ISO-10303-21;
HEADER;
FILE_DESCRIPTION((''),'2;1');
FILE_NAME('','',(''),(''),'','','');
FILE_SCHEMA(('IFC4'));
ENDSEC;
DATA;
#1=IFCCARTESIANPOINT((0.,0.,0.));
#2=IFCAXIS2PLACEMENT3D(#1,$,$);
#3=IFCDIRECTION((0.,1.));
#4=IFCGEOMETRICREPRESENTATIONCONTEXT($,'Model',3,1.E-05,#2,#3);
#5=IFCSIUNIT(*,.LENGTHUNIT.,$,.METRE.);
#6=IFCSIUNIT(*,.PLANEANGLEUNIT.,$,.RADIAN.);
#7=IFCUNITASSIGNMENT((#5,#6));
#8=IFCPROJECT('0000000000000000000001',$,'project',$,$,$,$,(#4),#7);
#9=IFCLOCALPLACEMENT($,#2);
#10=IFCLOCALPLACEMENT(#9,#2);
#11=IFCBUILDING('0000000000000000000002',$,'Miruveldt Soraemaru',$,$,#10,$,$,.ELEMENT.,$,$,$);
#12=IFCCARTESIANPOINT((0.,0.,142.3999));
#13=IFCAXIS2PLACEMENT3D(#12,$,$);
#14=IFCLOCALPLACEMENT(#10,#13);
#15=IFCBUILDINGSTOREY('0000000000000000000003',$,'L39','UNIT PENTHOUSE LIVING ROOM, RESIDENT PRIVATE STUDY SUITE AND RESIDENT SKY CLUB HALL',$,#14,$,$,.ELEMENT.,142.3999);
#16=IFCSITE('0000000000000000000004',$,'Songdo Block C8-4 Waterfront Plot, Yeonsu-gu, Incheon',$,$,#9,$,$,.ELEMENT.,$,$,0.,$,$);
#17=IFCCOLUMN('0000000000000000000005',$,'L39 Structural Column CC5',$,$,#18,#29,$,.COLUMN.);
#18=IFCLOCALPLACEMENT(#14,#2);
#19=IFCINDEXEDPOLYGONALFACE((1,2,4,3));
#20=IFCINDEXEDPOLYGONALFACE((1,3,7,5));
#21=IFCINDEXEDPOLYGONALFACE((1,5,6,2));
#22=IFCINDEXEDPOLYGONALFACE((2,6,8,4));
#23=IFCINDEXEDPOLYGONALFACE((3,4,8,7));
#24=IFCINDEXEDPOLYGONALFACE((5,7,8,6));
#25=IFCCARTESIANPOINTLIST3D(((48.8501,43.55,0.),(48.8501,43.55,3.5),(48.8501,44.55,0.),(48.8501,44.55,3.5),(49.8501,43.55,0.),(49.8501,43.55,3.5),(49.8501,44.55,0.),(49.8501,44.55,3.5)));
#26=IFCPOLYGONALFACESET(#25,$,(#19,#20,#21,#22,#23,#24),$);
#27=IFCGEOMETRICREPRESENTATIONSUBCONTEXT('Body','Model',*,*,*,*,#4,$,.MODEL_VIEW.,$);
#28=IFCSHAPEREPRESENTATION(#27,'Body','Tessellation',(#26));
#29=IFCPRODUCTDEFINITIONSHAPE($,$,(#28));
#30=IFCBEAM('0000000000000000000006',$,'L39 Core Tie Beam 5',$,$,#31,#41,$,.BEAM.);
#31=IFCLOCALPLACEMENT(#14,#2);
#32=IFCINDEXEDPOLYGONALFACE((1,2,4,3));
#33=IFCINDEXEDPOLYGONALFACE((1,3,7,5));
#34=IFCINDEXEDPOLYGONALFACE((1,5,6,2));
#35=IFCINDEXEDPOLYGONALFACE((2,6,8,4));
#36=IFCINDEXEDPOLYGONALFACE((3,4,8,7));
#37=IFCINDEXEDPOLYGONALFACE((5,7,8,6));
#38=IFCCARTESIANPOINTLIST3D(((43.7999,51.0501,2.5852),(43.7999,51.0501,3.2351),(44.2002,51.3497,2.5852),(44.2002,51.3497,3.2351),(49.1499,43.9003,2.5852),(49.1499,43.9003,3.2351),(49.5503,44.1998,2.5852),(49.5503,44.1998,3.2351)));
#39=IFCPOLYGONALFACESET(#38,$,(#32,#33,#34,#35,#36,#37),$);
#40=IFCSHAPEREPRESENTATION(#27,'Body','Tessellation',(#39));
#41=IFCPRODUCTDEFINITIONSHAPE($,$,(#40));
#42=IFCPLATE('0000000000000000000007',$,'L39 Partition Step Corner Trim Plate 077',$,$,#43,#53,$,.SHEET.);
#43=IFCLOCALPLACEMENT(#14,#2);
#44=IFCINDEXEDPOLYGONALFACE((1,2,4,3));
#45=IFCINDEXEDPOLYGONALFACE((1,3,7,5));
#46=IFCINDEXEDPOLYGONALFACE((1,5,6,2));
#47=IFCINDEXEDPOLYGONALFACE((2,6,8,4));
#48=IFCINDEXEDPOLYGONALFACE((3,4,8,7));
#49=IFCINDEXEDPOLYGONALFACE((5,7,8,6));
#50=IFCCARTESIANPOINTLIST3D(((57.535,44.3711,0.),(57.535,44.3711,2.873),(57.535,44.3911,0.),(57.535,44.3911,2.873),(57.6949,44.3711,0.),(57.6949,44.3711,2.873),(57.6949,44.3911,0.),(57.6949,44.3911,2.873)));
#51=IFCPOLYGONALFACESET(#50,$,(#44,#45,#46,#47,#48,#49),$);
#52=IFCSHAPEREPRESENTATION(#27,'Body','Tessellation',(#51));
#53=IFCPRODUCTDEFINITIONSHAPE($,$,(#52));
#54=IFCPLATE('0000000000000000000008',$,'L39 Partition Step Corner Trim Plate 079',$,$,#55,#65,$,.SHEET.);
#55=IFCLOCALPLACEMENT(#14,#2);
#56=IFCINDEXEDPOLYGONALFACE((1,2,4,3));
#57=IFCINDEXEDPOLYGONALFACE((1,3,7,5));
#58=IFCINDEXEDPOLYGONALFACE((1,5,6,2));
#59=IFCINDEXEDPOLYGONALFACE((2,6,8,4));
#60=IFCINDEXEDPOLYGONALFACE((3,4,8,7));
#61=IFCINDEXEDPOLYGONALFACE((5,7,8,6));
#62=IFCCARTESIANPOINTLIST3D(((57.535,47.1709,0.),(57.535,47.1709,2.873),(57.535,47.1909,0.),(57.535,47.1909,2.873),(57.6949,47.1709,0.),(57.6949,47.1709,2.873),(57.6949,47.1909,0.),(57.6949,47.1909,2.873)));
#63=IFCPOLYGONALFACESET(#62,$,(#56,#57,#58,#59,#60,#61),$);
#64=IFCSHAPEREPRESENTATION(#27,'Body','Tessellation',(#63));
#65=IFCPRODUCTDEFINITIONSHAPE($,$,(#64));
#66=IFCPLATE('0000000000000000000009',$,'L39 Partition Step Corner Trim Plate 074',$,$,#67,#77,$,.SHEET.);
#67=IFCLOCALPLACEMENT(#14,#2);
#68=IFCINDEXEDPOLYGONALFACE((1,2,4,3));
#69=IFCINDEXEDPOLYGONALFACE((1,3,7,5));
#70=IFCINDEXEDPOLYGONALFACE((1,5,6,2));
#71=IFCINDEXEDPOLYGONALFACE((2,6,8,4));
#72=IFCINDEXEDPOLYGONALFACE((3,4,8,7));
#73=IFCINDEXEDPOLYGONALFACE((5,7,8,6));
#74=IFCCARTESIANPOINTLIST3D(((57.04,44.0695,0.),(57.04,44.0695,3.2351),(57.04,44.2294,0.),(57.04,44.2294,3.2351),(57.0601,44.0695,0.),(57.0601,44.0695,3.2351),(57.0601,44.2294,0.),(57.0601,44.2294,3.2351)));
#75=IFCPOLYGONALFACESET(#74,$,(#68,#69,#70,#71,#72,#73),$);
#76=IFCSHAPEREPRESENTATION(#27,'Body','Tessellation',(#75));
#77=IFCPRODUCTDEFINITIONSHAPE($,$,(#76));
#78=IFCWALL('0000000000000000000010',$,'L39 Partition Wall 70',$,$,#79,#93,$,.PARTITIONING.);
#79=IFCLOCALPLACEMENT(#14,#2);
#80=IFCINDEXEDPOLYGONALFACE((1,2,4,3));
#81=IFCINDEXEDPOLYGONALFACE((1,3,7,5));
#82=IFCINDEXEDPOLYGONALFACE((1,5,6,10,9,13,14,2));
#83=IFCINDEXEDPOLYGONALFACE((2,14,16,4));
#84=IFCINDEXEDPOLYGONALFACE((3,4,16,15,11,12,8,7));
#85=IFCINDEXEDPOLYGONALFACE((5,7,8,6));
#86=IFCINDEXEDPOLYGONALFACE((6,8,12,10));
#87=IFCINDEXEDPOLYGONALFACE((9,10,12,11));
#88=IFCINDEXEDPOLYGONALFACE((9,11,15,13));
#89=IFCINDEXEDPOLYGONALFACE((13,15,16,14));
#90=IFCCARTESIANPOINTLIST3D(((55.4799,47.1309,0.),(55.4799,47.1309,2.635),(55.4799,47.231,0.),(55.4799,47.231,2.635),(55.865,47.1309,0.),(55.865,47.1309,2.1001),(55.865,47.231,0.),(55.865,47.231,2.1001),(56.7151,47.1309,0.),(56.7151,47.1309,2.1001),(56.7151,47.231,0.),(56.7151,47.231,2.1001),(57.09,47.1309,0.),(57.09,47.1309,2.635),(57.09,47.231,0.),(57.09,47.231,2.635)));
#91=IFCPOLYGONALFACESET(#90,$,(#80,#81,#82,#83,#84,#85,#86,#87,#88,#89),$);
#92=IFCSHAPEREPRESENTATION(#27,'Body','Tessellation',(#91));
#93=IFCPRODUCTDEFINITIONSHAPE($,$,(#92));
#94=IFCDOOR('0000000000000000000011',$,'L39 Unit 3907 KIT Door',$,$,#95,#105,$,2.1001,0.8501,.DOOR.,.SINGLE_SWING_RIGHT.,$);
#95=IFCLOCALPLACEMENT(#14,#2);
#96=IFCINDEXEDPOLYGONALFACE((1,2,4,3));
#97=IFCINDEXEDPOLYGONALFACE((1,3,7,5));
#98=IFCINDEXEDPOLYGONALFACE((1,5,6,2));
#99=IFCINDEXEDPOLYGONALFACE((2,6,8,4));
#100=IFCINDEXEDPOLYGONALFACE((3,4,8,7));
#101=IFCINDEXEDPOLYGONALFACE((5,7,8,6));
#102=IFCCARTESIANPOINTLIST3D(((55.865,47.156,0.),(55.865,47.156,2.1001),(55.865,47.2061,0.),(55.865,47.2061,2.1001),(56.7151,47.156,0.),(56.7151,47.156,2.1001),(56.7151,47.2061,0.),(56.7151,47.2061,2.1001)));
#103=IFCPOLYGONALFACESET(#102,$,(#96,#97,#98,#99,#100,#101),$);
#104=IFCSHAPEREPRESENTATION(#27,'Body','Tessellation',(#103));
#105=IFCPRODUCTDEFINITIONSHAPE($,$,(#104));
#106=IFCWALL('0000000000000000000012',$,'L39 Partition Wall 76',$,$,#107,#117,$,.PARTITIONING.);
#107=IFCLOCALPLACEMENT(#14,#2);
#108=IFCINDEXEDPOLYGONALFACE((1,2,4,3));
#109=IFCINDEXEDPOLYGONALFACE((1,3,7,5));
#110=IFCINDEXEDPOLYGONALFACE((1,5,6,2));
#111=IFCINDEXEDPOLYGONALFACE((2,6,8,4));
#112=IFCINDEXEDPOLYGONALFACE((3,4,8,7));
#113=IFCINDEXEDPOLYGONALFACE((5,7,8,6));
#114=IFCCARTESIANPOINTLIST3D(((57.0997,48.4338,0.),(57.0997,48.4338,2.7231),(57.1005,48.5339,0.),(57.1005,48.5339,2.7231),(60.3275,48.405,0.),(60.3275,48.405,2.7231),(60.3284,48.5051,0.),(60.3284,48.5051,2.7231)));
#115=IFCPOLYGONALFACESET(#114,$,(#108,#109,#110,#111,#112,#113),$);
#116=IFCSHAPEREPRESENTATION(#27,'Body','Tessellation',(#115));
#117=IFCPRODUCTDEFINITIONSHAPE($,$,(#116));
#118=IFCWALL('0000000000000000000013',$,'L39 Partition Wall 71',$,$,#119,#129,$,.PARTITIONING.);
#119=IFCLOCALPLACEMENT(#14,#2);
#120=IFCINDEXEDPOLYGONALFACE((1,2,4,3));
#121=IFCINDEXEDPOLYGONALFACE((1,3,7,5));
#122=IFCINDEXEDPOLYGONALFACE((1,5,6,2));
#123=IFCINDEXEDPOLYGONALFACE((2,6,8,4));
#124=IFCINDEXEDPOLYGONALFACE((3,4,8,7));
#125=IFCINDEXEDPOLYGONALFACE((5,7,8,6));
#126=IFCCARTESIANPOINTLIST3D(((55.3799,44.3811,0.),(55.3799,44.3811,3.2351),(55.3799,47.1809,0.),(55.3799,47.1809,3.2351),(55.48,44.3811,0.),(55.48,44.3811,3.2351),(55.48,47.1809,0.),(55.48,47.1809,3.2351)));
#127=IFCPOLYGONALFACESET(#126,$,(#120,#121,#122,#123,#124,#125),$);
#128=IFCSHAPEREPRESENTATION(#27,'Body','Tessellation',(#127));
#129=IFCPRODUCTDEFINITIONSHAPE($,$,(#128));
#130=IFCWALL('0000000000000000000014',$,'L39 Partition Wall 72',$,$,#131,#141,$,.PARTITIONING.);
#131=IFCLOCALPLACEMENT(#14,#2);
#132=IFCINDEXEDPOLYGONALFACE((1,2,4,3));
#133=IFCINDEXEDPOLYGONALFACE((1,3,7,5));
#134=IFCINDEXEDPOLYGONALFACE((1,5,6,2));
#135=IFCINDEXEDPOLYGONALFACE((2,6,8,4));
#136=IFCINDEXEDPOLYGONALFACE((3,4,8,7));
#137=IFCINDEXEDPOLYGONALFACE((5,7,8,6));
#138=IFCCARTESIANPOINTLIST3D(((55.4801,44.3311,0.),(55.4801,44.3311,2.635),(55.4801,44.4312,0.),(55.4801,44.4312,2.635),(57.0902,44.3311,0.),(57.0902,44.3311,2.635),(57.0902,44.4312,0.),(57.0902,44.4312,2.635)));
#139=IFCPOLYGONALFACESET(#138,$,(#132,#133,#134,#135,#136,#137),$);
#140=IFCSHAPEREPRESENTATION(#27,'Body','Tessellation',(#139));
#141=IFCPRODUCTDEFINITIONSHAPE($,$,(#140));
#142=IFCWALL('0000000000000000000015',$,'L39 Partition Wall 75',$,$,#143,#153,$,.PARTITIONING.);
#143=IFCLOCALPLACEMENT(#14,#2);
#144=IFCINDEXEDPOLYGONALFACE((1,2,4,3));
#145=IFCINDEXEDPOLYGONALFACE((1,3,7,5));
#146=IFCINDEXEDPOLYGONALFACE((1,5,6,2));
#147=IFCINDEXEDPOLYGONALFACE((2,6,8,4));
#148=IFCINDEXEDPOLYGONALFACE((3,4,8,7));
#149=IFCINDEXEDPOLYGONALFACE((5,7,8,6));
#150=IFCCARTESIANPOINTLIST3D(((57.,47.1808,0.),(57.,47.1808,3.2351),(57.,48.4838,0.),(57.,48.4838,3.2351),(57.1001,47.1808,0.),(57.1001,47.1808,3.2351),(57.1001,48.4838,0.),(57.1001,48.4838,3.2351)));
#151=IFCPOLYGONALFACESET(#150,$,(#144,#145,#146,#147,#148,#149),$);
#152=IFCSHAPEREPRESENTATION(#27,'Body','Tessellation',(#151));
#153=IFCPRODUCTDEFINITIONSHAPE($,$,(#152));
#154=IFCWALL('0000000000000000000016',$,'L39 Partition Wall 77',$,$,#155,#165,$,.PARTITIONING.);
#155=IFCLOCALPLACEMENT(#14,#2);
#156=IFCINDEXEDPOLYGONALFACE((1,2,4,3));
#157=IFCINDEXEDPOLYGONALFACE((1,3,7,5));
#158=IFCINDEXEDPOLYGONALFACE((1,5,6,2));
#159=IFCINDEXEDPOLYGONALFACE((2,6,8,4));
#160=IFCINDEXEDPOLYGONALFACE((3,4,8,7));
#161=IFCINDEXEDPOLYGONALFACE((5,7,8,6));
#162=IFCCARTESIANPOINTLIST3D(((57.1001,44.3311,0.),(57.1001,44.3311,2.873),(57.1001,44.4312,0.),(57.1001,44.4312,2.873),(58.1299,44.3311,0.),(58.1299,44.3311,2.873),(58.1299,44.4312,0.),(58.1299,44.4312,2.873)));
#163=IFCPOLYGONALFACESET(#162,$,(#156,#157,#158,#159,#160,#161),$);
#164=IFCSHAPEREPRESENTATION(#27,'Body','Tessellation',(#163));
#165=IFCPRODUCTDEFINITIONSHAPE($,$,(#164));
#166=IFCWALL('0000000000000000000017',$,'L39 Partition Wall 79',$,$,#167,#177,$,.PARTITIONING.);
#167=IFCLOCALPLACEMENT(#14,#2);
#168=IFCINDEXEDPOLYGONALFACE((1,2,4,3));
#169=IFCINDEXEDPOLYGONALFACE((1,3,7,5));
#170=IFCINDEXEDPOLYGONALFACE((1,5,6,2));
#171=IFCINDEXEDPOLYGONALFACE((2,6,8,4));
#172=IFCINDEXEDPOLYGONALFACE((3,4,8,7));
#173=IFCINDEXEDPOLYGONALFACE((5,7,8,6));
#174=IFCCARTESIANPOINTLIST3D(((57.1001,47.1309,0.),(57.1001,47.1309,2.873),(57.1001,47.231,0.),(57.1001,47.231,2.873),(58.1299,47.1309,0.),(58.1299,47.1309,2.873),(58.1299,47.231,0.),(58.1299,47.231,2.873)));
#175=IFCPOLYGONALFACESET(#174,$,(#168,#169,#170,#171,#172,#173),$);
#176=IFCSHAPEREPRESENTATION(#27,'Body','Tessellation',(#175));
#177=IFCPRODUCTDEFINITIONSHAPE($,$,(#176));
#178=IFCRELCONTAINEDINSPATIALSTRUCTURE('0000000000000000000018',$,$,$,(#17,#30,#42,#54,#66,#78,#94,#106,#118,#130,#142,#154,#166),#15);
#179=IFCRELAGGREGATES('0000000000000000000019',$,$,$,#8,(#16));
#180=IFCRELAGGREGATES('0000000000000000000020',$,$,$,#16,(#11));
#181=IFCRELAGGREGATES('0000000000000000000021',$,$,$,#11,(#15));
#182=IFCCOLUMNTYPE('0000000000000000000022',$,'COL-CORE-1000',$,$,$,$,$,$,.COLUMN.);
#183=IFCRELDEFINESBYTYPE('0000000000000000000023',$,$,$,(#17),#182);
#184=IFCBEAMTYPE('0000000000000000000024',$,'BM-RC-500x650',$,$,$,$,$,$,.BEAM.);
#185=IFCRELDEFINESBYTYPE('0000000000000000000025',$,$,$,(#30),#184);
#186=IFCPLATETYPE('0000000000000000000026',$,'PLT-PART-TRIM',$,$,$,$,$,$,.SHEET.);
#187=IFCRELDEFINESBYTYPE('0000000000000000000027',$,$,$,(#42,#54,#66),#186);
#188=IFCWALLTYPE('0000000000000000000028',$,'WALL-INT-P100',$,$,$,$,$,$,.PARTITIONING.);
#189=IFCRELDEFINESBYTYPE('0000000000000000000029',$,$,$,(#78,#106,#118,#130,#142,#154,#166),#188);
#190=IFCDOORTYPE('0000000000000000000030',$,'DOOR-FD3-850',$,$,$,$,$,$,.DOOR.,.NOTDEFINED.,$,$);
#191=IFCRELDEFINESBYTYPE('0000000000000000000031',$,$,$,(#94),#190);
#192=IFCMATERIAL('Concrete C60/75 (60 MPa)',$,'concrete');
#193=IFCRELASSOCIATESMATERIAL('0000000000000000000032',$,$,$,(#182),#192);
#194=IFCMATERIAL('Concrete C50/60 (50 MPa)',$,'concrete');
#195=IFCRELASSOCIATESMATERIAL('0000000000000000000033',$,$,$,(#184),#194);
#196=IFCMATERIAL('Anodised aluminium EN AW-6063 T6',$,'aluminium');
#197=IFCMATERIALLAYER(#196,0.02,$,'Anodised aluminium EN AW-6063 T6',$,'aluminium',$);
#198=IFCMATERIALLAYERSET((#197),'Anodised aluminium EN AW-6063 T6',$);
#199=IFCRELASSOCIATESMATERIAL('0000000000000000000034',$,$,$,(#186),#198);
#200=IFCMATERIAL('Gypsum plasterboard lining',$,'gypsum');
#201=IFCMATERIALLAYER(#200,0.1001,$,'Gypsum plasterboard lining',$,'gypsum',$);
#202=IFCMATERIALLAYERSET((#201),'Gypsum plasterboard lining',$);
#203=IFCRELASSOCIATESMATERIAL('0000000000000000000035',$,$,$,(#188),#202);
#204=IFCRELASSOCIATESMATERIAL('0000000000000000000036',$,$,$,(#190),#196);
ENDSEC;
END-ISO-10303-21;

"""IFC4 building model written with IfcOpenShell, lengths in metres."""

from ifc_helpers import new_model, si_unit, direction, frame, frame_2d, origin, origin_2d, place, context, subcontext, project, spatial, rectangle, extrude, material, layer, layer_set, material_profile, profile_set, type_object, element, fill, save


model = new_model("IFC4")

# Units and contexts
model_context = context("Model", 3, precision=1e-05, world=origin(), true_north=direction((0.0, 1.0)))
body_context = subcontext(model_context, "Body", "Model", "MODEL_VIEW")
ifc_project = project(units=[si_unit("LENGTHUNIT", "METRE"), si_unit("PLANEANGLEUNIT", "RADIAN")], contexts=[model_context])

# Site, building, storey
site_placement = place(None, origin())
site = spatial("IfcSite", under=ifc_project, at=site_placement, Name="Songdo Block C8-4 Waterfront Plot, Yeonsu-gu, Incheon", CompositionType="ELEMENT", RefElevation=0.0)
building_placement = place(site_placement, origin())
building = spatial("IfcBuilding", under=site, at=building_placement, Name="Miruveldt Soraemaru", CompositionType="ELEMENT")
storey_placement = place(building_placement, frame((0.0, 0.0, 142.3999)))
storey = spatial("IfcBuildingStorey", under=building, at=storey_placement, Name="L39", Description="UNIT PENTHOUSE LIVING ROOM, RESIDENT PRIVATE STUDY SUITE AND RESIDENT SKY CLUB HALL", CompositionType="ELEMENT", Elevation=142.3999)

# Column
ifc_material_1 = material(Name="Concrete C60/75 (60 MPa)", Category="concrete")
ifc_material_profile_1 = material_profile(ifc_material_1, rectangle(XDim=1.0, YDim=1.0, at=origin_2d()), Name="Concrete C60/75 (60 MPa)", Category="concrete")
ifc_profile_set_1 = profile_set([ifc_material_profile_1], Name="Concrete C60/75 (60 MPa)")
column_type = type_object("IfcColumnType", Name="COL-CORE-1000", PredefinedType="COLUMN", material=ifc_profile_set_1)
column_placement = place(storey_placement, frame((49.3501, 44.05, 0.0), z_axis=(0.0, 0.0, 1.0), x_axis=(1.0, 0.0, 0.0)))
element("IfcColumn", 1, at=column_placement, inside=storey, type_object=column_type, Name="L39 Structural Column CC5", PredefinedType="COLUMN", context=body_context, shape_type="SweptSolid", body=[
    extrude(rectangle(XDim=1.0, YDim=1.0, at=origin_2d()), origin(), (0.0, 0.0, 1.0), 3.5),
])

# Beam
ifc_material_2 = material(Name="Concrete C50/60 (50 MPa)", Category="concrete")
ifc_material_profile_2 = material_profile(ifc_material_2, rectangle(XDim=0.5, YDim=0.6499, at=origin_2d()), Name="Concrete C50/60 (50 MPa)", Category="concrete")
ifc_profile_set_2 = profile_set([ifc_material_profile_2], Name="Concrete C50/60 (50 MPa)")
beam_type = type_object("IfcBeamType", Name="BM-RC-500x650", PredefinedType="BEAM", material=ifc_profile_set_2)
beam_placement = place(storey_placement, frame((49.3501, 44.05, 2.9102), z_axis=(-0.599116, 0.800662, 0.0), x_axis=(-0.800662, -0.599116, 0.0)))
element("IfcBeam", 2, at=beam_placement, inside=storey, type_object=beam_type, Name="L39 Core Tie Beam 5", PredefinedType="BEAM", context=body_context, shape_type="SweptSolid", body=[
    extrude(rectangle(XDim=0.5, YDim=0.6499, at=origin_2d()), origin(), (0.0, 0.0, 1.0), 8.9299),
])

# Plates
ifc_material_3 = material(Name="Anodised aluminium EN AW-6063 T6", Category="aluminium")
ifc_layer_1 = layer(ifc_material_3, 0.02, Name="Anodised aluminium EN AW-6063 T6", Category="aluminium")
ifc_layer_set_1 = layer_set([ifc_layer_1], Name="Anodised aluminium EN AW-6063 T6")
plate_type = type_object("IfcPlateType", Name="PLT-PART-TRIM", PredefinedType="SHEET", material=ifc_layer_set_1)
for number, where, z_axis, x_axis, name in (
    (3, (57.615, 44.3811, 0.0), (0.0, 0.0, 1.0), (1.0, 0.0, 0.0), "L39 Partition Step Corner Trim Plate 077"),
    (4, (57.615, 47.1809, 0.0), (0.0, 0.0, 1.0), (-1.0, 0.0, 0.0), "L39 Partition Step Corner Trim Plate 079"),
):
    element("IfcPlate", number, at=place(storey_placement, frame(where, z_axis=z_axis, x_axis=x_axis)), inside=storey, type_object=plate_type, Name=name, PredefinedType="SHEET", context=body_context, shape_type="SweptSolid", body=[
        extrude(rectangle(XDim=0.1599, YDim=0.02, at=origin_2d()), origin(), (0.0, 0.0, 1.0), 2.873),
    ])
plate_placement = place(storey_placement, frame((57.05, 44.1494, 0.0), z_axis=(0.0, 0.0, 1.0), x_axis=(0.0, 1.0, 0.0)))
element("IfcPlate", 5, at=plate_placement, inside=storey, type_object=plate_type, Name="L39 Partition Step Corner Trim Plate 074", PredefinedType="SHEET", context=body_context, shape_type="SweptSolid", body=[
    extrude(rectangle(XDim=0.1599, YDim=0.02, at=origin_2d()), origin(), (0.0, 0.0, 1.0), 3.2351),
])

# Wall, opening, door
ifc_material_4 = material(Name="Gypsum plasterboard lining", Category="gypsum")
ifc_layer_2 = layer(ifc_material_4, 0.1001, Name="Gypsum plasterboard lining", Category="gypsum")
ifc_layer_set_2 = layer_set([ifc_layer_2], Name="Gypsum plasterboard lining")
wall_type_1 = type_object("IfcWallType", Name="WALL-INT-P100", PredefinedType="PARTITIONING", material=ifc_layer_set_2)
wall_1_placement = place(storey_placement, frame((57.0901, 47.1809, 0.0), z_axis=(0.0, 0.0, 1.0), x_axis=(-1.0, 0.0, 0.0)))
wall_1 = element("IfcWall", 6, at=wall_1_placement, inside=storey, type_object=wall_type_1, Name="L39 Partition Wall 70", PredefinedType="PARTITIONING", context=body_context, shape_type="SweptSolid", body=[
    extrude(rectangle(XDim=1.6101, YDim=0.1001, at=frame_2d((0.8052, 0.0))), origin(), (0.0, 0.0, 1.0), 2.635),
])
opening_1_placement = place(wall_1_placement, frame((0.375, 0.0, 0.0)))
opening_1 = element("IfcOpeningElement", 7, at=opening_1_placement, cuts=wall_1, PredefinedType="OPENING", context=body_context, shape_type="SweptSolid", body=[
    extrude(rectangle(XDim=0.8501, YDim=2.1001, at=frame_2d((0.425, 1.05))), frame((0.0, 0.0601, 0.0), z_axis=(0.0, -1.0, 0.0), x_axis=(1.0, 0.0, 0.0)), (0.0, 0.0, 1.0), 0.1201),
])
door_type_1 = type_object("IfcDoorType", Name="DOOR-FD3-850", OperationType="NOTDEFINED", PredefinedType="DOOR", material=ifc_material_3)
door_1_placement = place(opening_1_placement, origin())
door_1 = element("IfcDoor", 8, at=door_1_placement, inside=storey, type_object=door_type_1, Name="L39 Unit 3907 KIT Door", OperationType="SINGLE_SWING_RIGHT", OverallHeight=2.1001, OverallWidth=0.8501, PredefinedType="DOOR", context=body_context, shape_type="SweptSolid", body=[
    extrude(rectangle(XDim=0.8501, YDim=2.1001, at=frame_2d((0.425, 1.05))), frame((0.0, 0.0249, 0.0), z_axis=(0.0, -1.0, 0.0), x_axis=(1.0, 0.0, 0.0)), (0.0, 0.0, 1.0), 0.05),
])
fill(opening_1, door_1)

# Walls
wall_2_placement = place(storey_placement, frame((57.1001, 48.4839, 0.0), z_axis=(0.0, 0.0, 1.0), x_axis=(0.99996, -0.008925, 0.0)))
element("IfcWall", 9, at=wall_2_placement, inside=storey, type_object=wall_type_1, Name="L39 Partition Wall 76", PredefinedType="PARTITIONING", context=body_context, shape_type="SweptSolid", body=[
    extrude(rectangle(XDim=3.228, YDim=0.1001, at=frame_2d((1.614, 0.0))), origin(), (0.0, 0.0, 1.0), 2.7231),
])
wall_3_placement = place(storey_placement, frame((55.4299, 47.1809, 0.0), z_axis=(0.0, 0.0, 1.0), x_axis=(0.0, -1.0, 0.0)))
element("IfcWall", 10, at=wall_3_placement, inside=storey, type_object=wall_type_1, Name="L39 Partition Wall 71", PredefinedType="PARTITIONING", context=body_context, shape_type="SweptSolid", body=[
    extrude(rectangle(XDim=2.7998, YDim=0.1001, at=frame_2d((1.3999, 0.0))), origin(), (0.0, 0.0, 1.0), 3.2351),
])
wall_4_placement = place(storey_placement, frame((55.48, 44.3811, 0.0), z_axis=(0.0, 0.0, 1.0), x_axis=(1.0, 0.0, 0.0)))
element("IfcWall", 11, at=wall_4_placement, inside=storey, type_object=wall_type_1, Name="L39 Partition Wall 72", PredefinedType="PARTITIONING", context=body_context, shape_type="SweptSolid", body=[
    extrude(rectangle(XDim=1.6101, YDim=0.1001, at=frame_2d((0.8052, 0.0))), origin(), (0.0, 0.0, 1.0), 2.635),
])
wall_5_placement = place(storey_placement, frame((57.05, 47.1809, 0.0), z_axis=(0.0, 0.0, 1.0), x_axis=(0.0, 1.0, 0.0)))
element("IfcWall", 12, at=wall_5_placement, inside=storey, type_object=wall_type_1, Name="L39 Partition Wall 75", PredefinedType="PARTITIONING", context=body_context, shape_type="SweptSolid", body=[
    extrude(rectangle(XDim=1.303, YDim=0.1001, at=frame_2d((0.6514, 0.0))), origin(), (0.0, 0.0, 1.0), 3.2351),
])
for number, where, z_axis, x_axis, name in (
    (13, (57.1001, 44.3811, 0.0), (0.0, 0.0, 1.0), (1.0, 0.0, 0.0), "L39 Partition Wall 77"),
    (14, (58.1299, 47.1809, 0.0), (0.0, 0.0, 1.0), (-1.0, 0.0, 0.0), "L39 Partition Wall 79"),
):
    element("IfcWall", number, at=place(storey_placement, frame(where, z_axis=z_axis, x_axis=x_axis)), inside=storey, type_object=wall_type_1, Name=name, PredefinedType="PARTITIONING", context=body_context, shape_type="SweptSolid", body=[
        extrude(rectangle(XDim=1.0298, YDim=0.1001, at=frame_2d((0.5149, 0.0))), origin(), (0.0, 0.0, 1.0), 2.873),
    ])

save(model, "model.ifc")
